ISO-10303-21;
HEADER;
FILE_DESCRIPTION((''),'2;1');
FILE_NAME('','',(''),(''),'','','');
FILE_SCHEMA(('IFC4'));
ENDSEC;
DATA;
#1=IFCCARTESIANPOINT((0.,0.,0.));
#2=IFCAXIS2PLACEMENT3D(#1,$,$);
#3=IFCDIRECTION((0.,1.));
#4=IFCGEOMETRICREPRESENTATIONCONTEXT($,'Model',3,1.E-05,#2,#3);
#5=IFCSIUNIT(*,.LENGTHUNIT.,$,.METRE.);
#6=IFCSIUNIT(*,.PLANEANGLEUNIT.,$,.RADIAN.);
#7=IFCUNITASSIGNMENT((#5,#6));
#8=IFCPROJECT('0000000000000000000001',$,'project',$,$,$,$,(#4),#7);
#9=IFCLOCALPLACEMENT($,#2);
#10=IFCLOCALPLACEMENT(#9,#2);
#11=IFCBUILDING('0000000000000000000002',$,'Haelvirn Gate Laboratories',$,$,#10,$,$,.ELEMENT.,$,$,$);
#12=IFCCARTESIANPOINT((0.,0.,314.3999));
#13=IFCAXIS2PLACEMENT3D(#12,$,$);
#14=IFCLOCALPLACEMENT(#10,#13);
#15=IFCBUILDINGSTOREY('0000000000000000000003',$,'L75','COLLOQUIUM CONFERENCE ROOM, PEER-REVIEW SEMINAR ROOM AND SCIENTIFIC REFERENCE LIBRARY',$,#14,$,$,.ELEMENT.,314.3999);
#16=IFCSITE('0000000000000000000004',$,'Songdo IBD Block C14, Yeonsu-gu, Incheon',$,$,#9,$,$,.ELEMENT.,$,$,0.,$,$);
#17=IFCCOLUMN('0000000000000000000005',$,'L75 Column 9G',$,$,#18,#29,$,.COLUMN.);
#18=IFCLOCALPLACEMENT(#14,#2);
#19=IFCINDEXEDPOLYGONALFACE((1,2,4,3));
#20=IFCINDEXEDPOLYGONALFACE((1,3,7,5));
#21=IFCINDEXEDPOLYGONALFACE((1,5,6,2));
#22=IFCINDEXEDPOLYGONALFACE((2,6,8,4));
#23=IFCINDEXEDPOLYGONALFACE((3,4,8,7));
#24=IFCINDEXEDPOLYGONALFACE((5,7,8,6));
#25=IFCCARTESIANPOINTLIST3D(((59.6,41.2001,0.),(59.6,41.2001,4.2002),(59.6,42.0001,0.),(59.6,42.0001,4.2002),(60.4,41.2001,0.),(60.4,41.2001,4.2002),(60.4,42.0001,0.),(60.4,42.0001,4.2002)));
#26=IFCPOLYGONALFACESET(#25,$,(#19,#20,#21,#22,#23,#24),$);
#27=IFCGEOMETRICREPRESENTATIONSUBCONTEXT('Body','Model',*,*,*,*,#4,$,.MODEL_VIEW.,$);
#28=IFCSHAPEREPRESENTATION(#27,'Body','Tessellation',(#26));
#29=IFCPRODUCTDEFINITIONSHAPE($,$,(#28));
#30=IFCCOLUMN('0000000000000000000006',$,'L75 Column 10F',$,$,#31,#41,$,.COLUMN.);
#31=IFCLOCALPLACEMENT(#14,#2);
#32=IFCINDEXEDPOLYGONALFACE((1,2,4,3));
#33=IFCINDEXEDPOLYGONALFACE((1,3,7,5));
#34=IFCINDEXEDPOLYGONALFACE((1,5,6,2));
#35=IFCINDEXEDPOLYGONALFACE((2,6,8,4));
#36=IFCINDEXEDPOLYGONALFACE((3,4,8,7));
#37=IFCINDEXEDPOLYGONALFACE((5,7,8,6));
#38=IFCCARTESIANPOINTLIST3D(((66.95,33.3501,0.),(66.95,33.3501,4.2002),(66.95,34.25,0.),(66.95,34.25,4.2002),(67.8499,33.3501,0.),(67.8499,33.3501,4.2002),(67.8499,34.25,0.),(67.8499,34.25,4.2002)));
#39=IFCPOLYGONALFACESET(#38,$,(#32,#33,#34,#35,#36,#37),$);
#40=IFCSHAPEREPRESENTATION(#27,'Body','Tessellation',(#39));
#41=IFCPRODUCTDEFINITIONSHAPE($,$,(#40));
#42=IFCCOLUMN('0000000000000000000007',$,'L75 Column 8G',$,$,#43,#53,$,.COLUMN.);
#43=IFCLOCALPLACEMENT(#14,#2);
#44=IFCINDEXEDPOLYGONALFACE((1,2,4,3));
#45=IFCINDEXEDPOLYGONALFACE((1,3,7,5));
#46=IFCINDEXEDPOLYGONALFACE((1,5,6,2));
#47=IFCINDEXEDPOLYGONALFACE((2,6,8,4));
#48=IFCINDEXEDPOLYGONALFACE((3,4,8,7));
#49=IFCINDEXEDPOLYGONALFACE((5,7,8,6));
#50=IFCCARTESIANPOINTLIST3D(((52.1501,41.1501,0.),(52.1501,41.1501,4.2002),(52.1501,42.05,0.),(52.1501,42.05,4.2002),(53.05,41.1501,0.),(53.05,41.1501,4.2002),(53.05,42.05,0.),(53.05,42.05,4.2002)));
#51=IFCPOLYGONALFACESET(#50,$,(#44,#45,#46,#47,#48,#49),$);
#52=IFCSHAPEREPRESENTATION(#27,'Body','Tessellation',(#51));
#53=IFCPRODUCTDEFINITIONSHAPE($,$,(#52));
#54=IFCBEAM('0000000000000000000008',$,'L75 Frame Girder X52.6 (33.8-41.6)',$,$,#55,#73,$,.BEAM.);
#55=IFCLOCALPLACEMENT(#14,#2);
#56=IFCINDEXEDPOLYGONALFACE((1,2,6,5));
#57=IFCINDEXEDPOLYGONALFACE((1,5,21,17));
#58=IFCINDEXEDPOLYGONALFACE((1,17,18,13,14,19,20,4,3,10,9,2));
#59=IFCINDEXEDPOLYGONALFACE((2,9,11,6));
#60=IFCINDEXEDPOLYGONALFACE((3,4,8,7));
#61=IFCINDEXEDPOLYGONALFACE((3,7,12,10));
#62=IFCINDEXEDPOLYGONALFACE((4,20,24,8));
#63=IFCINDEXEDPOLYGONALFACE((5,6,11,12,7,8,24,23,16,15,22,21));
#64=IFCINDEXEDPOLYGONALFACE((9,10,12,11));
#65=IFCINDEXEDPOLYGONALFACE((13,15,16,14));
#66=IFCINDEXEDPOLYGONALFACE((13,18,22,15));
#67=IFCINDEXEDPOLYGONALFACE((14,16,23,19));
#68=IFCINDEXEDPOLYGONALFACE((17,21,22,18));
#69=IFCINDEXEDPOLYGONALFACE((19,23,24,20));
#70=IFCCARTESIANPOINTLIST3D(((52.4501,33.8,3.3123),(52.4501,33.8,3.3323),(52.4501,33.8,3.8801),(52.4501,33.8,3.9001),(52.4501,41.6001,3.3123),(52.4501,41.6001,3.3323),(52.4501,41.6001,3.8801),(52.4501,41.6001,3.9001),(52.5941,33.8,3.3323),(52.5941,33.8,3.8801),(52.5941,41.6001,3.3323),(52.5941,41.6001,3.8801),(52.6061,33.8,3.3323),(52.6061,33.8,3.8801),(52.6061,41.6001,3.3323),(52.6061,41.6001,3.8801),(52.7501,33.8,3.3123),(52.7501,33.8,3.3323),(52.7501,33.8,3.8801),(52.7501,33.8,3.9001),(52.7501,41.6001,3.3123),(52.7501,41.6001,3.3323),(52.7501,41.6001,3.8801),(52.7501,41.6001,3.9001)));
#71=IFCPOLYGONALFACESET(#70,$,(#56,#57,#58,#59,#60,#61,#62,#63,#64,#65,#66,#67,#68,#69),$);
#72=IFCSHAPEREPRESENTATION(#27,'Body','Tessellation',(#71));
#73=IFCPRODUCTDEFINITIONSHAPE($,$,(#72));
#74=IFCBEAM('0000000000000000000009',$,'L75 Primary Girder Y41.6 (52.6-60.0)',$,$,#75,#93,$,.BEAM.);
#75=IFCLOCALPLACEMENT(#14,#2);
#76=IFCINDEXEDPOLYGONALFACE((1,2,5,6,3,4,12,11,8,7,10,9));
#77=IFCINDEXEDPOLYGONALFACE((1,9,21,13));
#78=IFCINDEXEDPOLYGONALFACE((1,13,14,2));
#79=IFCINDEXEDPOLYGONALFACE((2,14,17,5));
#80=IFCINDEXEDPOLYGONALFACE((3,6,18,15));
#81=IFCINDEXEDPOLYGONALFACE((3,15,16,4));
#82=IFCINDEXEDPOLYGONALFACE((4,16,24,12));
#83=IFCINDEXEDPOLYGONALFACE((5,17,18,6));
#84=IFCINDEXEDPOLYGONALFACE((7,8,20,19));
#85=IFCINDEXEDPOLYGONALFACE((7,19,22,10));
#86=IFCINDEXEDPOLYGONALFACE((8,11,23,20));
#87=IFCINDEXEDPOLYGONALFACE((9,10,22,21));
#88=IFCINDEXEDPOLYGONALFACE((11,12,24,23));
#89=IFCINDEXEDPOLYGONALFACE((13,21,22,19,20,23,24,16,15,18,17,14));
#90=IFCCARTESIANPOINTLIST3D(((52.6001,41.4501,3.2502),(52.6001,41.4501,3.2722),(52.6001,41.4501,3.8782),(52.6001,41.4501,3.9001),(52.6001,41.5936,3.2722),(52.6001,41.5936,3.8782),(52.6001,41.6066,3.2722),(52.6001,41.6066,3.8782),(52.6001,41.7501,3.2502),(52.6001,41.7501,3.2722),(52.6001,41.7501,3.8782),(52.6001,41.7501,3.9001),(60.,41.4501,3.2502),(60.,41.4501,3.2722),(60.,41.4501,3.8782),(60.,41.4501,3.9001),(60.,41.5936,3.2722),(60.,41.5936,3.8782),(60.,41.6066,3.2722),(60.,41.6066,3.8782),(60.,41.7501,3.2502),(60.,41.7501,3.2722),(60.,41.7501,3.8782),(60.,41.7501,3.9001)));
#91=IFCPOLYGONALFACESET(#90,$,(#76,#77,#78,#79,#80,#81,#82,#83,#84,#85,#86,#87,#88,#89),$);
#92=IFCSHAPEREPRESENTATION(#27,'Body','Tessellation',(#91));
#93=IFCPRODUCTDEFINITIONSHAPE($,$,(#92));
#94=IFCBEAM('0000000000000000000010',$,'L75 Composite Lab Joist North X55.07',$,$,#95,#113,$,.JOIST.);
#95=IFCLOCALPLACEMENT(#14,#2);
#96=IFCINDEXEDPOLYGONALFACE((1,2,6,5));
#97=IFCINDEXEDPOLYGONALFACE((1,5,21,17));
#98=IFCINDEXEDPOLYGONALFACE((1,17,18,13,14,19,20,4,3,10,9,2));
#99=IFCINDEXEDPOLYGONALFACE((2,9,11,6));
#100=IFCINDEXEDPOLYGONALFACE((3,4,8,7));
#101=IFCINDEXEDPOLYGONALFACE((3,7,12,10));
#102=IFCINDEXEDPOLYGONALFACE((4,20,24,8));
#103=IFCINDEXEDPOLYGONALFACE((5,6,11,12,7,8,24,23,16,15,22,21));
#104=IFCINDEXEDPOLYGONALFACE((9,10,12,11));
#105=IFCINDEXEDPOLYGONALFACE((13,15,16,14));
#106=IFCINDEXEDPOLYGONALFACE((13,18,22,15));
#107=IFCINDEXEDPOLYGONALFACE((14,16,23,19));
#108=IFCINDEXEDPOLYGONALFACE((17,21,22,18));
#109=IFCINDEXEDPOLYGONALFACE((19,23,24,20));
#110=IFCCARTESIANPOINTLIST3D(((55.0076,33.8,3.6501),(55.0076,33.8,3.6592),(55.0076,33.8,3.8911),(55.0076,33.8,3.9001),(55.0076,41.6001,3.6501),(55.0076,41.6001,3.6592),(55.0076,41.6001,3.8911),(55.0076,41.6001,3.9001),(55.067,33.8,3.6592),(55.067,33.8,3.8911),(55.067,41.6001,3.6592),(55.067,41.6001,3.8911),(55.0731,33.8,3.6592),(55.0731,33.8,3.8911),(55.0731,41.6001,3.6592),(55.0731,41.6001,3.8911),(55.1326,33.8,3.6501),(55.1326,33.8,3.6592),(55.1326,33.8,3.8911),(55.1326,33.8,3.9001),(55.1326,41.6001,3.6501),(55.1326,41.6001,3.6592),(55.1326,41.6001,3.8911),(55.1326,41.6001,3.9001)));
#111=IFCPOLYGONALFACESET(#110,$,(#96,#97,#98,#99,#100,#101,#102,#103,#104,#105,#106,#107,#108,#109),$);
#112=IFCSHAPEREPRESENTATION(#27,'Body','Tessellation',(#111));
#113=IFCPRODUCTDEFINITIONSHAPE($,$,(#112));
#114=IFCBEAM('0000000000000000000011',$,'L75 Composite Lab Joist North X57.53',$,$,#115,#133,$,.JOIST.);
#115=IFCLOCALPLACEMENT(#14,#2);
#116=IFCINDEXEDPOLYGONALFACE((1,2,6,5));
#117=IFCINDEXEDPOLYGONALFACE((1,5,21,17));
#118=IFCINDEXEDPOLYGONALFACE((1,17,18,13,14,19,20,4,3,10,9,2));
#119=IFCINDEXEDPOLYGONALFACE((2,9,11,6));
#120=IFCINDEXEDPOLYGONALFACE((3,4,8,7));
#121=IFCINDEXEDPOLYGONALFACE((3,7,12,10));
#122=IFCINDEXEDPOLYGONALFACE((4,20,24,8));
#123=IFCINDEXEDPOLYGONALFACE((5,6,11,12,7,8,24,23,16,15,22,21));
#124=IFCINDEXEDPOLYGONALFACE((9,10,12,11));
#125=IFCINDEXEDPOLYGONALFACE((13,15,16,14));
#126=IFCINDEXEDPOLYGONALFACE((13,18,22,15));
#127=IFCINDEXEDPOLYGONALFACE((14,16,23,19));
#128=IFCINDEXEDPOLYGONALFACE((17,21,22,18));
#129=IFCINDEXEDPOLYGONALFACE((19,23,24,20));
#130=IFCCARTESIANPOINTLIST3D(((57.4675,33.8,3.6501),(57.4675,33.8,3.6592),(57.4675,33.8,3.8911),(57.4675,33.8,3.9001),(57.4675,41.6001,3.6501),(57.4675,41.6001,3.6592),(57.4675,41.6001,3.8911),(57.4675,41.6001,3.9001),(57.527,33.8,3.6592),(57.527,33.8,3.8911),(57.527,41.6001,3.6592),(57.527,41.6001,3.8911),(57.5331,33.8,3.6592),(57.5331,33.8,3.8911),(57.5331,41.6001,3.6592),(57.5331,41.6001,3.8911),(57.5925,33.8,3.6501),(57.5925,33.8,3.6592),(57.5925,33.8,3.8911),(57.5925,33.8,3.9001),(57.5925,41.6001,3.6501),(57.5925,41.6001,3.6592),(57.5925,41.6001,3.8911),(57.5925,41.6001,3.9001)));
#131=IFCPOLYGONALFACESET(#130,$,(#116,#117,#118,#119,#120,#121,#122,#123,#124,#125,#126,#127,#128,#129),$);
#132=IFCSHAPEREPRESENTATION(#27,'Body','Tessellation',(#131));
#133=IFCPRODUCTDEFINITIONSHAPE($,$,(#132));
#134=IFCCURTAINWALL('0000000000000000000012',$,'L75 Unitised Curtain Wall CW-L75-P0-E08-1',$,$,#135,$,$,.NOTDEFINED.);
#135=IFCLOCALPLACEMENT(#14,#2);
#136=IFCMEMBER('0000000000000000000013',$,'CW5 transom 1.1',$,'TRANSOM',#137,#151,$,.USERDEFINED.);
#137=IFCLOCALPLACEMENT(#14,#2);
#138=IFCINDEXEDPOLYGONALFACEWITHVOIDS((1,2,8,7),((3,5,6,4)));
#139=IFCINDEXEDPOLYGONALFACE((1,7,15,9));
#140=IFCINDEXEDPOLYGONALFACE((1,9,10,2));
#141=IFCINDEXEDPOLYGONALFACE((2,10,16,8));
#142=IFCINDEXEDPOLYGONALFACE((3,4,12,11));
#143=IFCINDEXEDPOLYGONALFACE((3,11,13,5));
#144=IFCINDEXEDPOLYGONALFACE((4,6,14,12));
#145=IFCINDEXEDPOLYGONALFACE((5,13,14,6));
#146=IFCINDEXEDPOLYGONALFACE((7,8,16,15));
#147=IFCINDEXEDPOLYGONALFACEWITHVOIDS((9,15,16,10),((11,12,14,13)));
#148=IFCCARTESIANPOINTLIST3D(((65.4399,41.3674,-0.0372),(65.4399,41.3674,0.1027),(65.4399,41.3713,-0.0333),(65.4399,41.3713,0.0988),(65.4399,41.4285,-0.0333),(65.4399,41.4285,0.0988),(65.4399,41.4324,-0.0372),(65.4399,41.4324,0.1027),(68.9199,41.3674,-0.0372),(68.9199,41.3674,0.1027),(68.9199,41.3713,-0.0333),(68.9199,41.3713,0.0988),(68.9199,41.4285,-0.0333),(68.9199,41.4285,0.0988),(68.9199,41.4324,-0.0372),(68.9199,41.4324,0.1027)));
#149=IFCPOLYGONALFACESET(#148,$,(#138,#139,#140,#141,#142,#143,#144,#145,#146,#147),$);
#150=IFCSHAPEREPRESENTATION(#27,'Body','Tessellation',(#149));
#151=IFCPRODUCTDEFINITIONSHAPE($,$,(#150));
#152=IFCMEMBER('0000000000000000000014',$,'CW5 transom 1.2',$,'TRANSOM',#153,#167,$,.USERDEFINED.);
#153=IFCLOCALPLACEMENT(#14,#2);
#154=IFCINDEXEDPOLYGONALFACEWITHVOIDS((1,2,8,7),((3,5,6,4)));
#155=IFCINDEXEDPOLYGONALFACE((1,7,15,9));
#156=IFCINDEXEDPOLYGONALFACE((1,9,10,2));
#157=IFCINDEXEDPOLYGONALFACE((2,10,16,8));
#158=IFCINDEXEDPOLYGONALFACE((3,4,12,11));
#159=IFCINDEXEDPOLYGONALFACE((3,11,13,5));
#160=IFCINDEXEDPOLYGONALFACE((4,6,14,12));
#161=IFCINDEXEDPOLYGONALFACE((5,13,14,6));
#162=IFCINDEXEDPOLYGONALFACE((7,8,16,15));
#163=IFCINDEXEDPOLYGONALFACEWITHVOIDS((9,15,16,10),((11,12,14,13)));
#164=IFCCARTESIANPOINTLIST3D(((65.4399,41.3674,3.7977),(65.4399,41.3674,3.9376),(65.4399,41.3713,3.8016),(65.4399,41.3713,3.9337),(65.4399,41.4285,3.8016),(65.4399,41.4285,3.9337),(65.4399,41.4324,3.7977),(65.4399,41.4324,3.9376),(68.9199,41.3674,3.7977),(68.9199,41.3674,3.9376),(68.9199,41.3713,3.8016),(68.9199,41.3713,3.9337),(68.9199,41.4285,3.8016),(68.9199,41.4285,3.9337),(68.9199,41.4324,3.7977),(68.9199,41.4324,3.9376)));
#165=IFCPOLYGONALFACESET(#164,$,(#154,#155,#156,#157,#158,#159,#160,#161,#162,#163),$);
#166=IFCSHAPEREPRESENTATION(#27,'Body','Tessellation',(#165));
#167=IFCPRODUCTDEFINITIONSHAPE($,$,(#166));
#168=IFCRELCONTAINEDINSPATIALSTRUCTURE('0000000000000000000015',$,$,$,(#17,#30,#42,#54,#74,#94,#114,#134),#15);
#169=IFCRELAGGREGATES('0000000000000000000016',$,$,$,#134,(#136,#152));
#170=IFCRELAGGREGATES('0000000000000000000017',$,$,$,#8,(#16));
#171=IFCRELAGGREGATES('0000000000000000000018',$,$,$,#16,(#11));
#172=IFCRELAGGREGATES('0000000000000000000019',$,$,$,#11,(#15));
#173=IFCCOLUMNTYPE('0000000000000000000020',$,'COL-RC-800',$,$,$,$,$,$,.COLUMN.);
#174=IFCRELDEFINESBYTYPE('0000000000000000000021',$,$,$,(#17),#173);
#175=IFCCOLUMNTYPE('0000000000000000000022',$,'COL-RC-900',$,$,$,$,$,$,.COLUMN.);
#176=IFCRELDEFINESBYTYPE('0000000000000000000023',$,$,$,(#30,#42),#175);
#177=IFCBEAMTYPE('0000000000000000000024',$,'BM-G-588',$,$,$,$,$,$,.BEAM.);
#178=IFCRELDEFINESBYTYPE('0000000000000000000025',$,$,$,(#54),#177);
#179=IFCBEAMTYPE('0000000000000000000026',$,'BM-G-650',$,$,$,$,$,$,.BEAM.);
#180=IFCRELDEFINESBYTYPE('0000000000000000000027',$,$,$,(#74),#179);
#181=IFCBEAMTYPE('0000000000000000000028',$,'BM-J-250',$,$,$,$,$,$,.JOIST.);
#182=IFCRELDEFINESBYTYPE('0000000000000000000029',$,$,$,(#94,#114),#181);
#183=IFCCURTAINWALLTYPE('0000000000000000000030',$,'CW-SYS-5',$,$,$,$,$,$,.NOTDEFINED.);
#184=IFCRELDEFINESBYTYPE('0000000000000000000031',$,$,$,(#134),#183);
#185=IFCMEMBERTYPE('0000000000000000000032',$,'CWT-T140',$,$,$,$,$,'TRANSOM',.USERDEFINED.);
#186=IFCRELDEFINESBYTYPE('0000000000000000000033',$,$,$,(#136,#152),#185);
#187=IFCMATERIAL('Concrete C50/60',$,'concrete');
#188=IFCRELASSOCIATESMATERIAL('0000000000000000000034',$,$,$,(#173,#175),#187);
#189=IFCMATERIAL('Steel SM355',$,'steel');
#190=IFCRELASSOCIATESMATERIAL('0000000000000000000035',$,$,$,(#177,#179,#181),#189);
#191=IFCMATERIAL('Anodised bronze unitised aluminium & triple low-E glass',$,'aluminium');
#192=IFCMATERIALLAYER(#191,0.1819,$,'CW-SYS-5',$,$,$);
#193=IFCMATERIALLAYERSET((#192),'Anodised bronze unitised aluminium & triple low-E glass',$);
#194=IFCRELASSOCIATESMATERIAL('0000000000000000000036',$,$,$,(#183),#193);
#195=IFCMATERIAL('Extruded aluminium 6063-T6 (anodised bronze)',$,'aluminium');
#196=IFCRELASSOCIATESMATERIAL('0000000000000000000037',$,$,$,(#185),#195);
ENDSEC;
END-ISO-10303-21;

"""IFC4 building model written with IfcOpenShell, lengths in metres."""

from ifc_helpers import new_model, si_unit, direction, frame, origin, origin_2d, place, context, subcontext, project, spatial, rectangle, hollow_rectangle, i_section, extrude, source, transform, mapped, material, layer, layer_set, material_profile, profile_set, type_object, type_shapes, element, aggregate, save


model = new_model("IFC4")

# Units and contexts
model_context = context("Model", 3, precision=1e-05, world=origin(), true_north=direction((0.0, 1.0)))
body_context = subcontext(model_context, "Body", "Model", "MODEL_VIEW")
ifc_project = project(units=[si_unit("LENGTHUNIT", "METRE"), si_unit("PLANEANGLEUNIT", "RADIAN")], contexts=[model_context])

# Site, building, storey
site_placement = place(None, origin())
site = spatial("IfcSite", under=ifc_project, at=site_placement, Name="Songdo IBD Block C14, Yeonsu-gu, Incheon", CompositionType="ELEMENT", RefElevation=0.0)
building_placement = place(site_placement, origin())
building = spatial("IfcBuilding", under=site, at=building_placement, Name="Haelvirn Gate Laboratories", CompositionType="ELEMENT")
storey_placement = place(building_placement, frame((0.0, 0.0, 314.3999)))
storey = spatial("IfcBuildingStorey", under=building, at=storey_placement, Name="L75", Description="COLLOQUIUM CONFERENCE ROOM, PEER-REVIEW SEMINAR ROOM AND SCIENTIFIC REFERENCE LIBRARY", CompositionType="ELEMENT", Elevation=314.3999)

# Columns
ifc_material_1 = material(Name="Concrete C50/60", Category="concrete")
ifc_material_profile_1 = material_profile(ifc_material_1, rectangle(XDim=0.8, YDim=0.8, at=origin_2d()), Name="RC-800x800")
ifc_profile_set_1 = profile_set([ifc_material_profile_1], Name="Concrete C50/60")
column_type_1 = type_object("IfcColumnType", Name="COL-RC-800", PredefinedType="COLUMN", material=ifc_profile_set_1)
shared_shape_1 = source(origin(), body_context, "Body", "SweptSolid", [
    extrude(rectangle(XDim=0.8, YDim=0.8, at=origin_2d()), origin(), (0.0, 0.0, 1.0), 4.2002),
])
type_shapes(column_type_1, [shared_shape_1])
column_placement = place(storey_placement, frame((60.0, 41.6001, 0.0), z_axis=(0.0, 0.0, 1.0), x_axis=(1.0, 0.0, 0.0)))
element("IfcColumn", 1, at=column_placement, inside=storey, type_object=column_type_1, Name="L75 Column 9G", PredefinedType="COLUMN", context=body_context, shape_type="MappedRepresentation", body=[
    mapped(shared_shape_1, transform((0.0, 0.0, 0.0), scale=1.0)),
])
ifc_material_profile_2 = material_profile(ifc_material_1, rectangle(XDim=0.8999, YDim=0.8999, at=origin_2d()), Name="RC-900x900")
ifc_profile_set_2 = profile_set([ifc_material_profile_2], Name="Concrete C50/60")
column_type_2 = type_object("IfcColumnType", Name="COL-RC-900", PredefinedType="COLUMN", material=ifc_profile_set_2)
shared_shape_2 = source(origin(), body_context, "Body", "SweptSolid", [
    extrude(rectangle(XDim=0.8999, YDim=0.8999, at=origin_2d()), origin(), (0.0, 0.0, 1.0), 4.2002),
])
type_shapes(column_type_2, [shared_shape_2])
for number, where, z_axis, x_axis, name in (
    (2, (67.3999, 33.8, 0.0), (0.0, 0.0, 1.0), (1.0, 0.0, 0.0), "L75 Column 10F"),
    (3, (52.6001, 41.6001, 0.0), (0.0, 0.0, 1.0), (1.0, 0.0, 0.0), "L75 Column 8G"),
):
    element("IfcColumn", number, at=place(storey_placement, frame(where, z_axis=z_axis, x_axis=x_axis)), inside=storey, type_object=column_type_2, Name=name, PredefinedType="COLUMN", context=body_context, shape_type="MappedRepresentation", body=[
        mapped(shared_shape_2, transform((0.0, 0.0, 0.0), scale=1.0)),
    ])

# Beams
ifc_material_2 = material(Name="Steel SM355", Category="steel")
ifc_material_profile_3 = material_profile(ifc_material_2, i_section(OverallWidth=0.3, OverallDepth=0.5879, WebThickness=0.012, FlangeThickness=0.02, at=origin_2d()), Name="H-588x300x12x20")
ifc_profile_set_3 = profile_set([ifc_material_profile_3], Name="Steel SM355")
beam_type_1 = type_object("IfcBeamType", Name="BM-G-588", PredefinedType="BEAM", material=ifc_profile_set_3)
shared_shape_3 = source(origin(), body_context, "Body", "SweptSolid", [
    extrude(i_section(OverallWidth=0.3, OverallDepth=0.5879, WebThickness=0.012, FlangeThickness=0.02, at=origin_2d()), origin(), (0.0, 0.0, 1.0), 7.8),
])
type_shapes(beam_type_1, [shared_shape_3])
beam_1_placement = place(storey_placement, frame((52.6001, 33.8, 3.6062), z_axis=(0.0, 1.0, 0.0), x_axis=(-1.0, 0.0, 0.0)))
element("IfcBeam", 4, at=beam_1_placement, inside=storey, type_object=beam_type_1, Name="L75 Frame Girder X52.6 (33.8-41.6)", PredefinedType="BEAM", context=body_context, shape_type="MappedRepresentation", body=[
    mapped(shared_shape_3, transform((0.0, 0.0, 0.0), scale=1.0)),
])
ifc_material_profile_4 = material_profile(ifc_material_2, i_section(OverallWidth=0.3, OverallDepth=0.6499, WebThickness=0.0129, FlangeThickness=0.022, at=origin_2d()), Name="H-650x300x13x22")
ifc_profile_set_4 = profile_set([ifc_material_profile_4], Name="Steel SM355")
beam_type_2 = type_object("IfcBeamType", Name="BM-G-650", PredefinedType="BEAM", material=ifc_profile_set_4)
shared_shape_4 = source(origin(), body_context, "Body", "SweptSolid", [
    extrude(i_section(OverallWidth=0.3, OverallDepth=0.6499, WebThickness=0.0129, FlangeThickness=0.022, at=origin_2d()), origin(), (0.0, 0.0, 1.0), 7.3999),
])
type_shapes(beam_type_2, [shared_shape_4])
beam_2_placement = place(storey_placement, frame((52.6001, 41.6001, 3.5752), z_axis=(1.0, 0.0, 0.0), x_axis=(0.0, 1.0, 0.0)))
element("IfcBeam", 5, at=beam_2_placement, inside=storey, type_object=beam_type_2, Name="L75 Primary Girder Y41.6 (52.6-60.0)", PredefinedType="BEAM", context=body_context, shape_type="MappedRepresentation", body=[
    mapped(shared_shape_4, transform((0.0, 0.0, 0.0), scale=1.0)),
])
ifc_material_profile_5 = material_profile(ifc_material_2, i_section(OverallWidth=0.125, OverallDepth=0.25, WebThickness=0.0061, FlangeThickness=0.009, at=origin_2d()), Name="H-250x125x6x9")
ifc_profile_set_5 = profile_set([ifc_material_profile_5], Name="Steel SM355")
beam_type_3 = type_object("IfcBeamType", Name="BM-J-250", PredefinedType="JOIST", material=ifc_profile_set_5)
shared_shape_5 = source(origin(), body_context, "Body", "SweptSolid", [
    extrude(i_section(OverallWidth=0.125, OverallDepth=0.25, WebThickness=0.0061, FlangeThickness=0.009, at=origin_2d()), origin(), (0.0, 0.0, 1.0), 7.8),
])
type_shapes(beam_type_3, [shared_shape_5])
for number, where, z_axis, x_axis, name in (
    (6, (55.0701, 33.8, 3.7751), (0.0, 1.0, 0.0), (-1.0, 0.0, 0.0), "L75 Composite Lab Joist North X55.07"),
    (7, (57.53, 33.8, 3.7751), (0.0, 1.0, 0.0), (-1.0, 0.0, 0.0), "L75 Composite Lab Joist North X57.53"),
):
    element("IfcBeam", number, at=place(storey_placement, frame(where, z_axis=z_axis, x_axis=x_axis)), inside=storey, type_object=beam_type_3, Name=name, PredefinedType="JOIST", context=body_context, shape_type="MappedRepresentation", body=[
        mapped(shared_shape_5, transform((0.0, 0.0, 0.0), scale=1.0)),
    ])

# Curtain wall, members
ifc_material_3 = material(Name="Anodised bronze unitised aluminium & triple low-E glass", Category="aluminium")
ifc_layer_1 = layer(ifc_material_3, 0.1819, Name="CW-SYS-5")
ifc_layer_set_1 = layer_set([ifc_layer_1], Name="Anodised bronze unitised aluminium & triple low-E glass")
curtain_wall_type_1 = type_object("IfcCurtainWallType", Name="CW-SYS-5", PredefinedType="NOTDEFINED", material=ifc_layer_set_1)
curtain_wall_1_placement = place(storey_placement, origin())
curtain_wall_1 = element("IfcCurtainWall", 8, at=curtain_wall_1_placement, inside=storey, type_object=curtain_wall_type_1, Name="L75 Unitised Curtain Wall CW-L75-P0-E08-1", PredefinedType="NOTDEFINED")
ifc_material_4 = material(Name="Extruded aluminium 6063-T6 (anodised bronze)", Category="aluminium")
ifc_material_profile_6 = material_profile(ifc_material_4, hollow_rectangle(XDim=0.0649, YDim=0.1399, WallThickness=0.0039, at=origin_2d()), Name="CWT-140x65x4")
ifc_profile_set_6 = profile_set([ifc_material_profile_6], Name="Extruded aluminium 6063-T6 (anodised bronze)")
member_type_1 = type_object("IfcMemberType", Name="CWT-T140", ElementType="TRANSOM", PredefinedType="USERDEFINED", material=ifc_profile_set_6)
shared_shape_6 = source(origin(), body_context, "Body", "SweptSolid", [
    extrude(hollow_rectangle(XDim=0.0649, YDim=0.1399, WallThickness=0.0039, at=origin_2d()), origin(), (0.0, 0.0, 1.0), 3.48),
])
member_1_placement = place(storey_placement, frame((65.4399, 41.3999, 0.0327), z_axis=(1.0, 0.0, 0.0), x_axis=(0.0, 1.0, 0.0)))
member_1 = element("IfcMember", 9, at=member_1_placement, type_object=member_type_1, Name="CW5 transom 1.1", ObjectType="TRANSOM", PredefinedType="USERDEFINED", context=body_context, shape_type="MappedRepresentation", body=[
    mapped(shared_shape_6, transform((0.0, 0.0, 0.0), scale=1.0)),
])
member_2_placement = place(storey_placement, frame((65.4399, 41.3999, 3.8677), z_axis=(1.0, 0.0, 0.0), x_axis=(0.0, 1.0, 0.0)))
member_2 = element("IfcMember", 10, at=member_2_placement, type_object=member_type_1, Name="CW5 transom 1.2", ObjectType="TRANSOM", PredefinedType="USERDEFINED", context=body_context, shape_type="MappedRepresentation", body=[
    mapped(shared_shape_6, transform((0.0, 0.0, 0.0), scale=1.0)),
])

aggregate(curtain_wall_1, [member_1, member_2])

save(model, "model.ifc")
